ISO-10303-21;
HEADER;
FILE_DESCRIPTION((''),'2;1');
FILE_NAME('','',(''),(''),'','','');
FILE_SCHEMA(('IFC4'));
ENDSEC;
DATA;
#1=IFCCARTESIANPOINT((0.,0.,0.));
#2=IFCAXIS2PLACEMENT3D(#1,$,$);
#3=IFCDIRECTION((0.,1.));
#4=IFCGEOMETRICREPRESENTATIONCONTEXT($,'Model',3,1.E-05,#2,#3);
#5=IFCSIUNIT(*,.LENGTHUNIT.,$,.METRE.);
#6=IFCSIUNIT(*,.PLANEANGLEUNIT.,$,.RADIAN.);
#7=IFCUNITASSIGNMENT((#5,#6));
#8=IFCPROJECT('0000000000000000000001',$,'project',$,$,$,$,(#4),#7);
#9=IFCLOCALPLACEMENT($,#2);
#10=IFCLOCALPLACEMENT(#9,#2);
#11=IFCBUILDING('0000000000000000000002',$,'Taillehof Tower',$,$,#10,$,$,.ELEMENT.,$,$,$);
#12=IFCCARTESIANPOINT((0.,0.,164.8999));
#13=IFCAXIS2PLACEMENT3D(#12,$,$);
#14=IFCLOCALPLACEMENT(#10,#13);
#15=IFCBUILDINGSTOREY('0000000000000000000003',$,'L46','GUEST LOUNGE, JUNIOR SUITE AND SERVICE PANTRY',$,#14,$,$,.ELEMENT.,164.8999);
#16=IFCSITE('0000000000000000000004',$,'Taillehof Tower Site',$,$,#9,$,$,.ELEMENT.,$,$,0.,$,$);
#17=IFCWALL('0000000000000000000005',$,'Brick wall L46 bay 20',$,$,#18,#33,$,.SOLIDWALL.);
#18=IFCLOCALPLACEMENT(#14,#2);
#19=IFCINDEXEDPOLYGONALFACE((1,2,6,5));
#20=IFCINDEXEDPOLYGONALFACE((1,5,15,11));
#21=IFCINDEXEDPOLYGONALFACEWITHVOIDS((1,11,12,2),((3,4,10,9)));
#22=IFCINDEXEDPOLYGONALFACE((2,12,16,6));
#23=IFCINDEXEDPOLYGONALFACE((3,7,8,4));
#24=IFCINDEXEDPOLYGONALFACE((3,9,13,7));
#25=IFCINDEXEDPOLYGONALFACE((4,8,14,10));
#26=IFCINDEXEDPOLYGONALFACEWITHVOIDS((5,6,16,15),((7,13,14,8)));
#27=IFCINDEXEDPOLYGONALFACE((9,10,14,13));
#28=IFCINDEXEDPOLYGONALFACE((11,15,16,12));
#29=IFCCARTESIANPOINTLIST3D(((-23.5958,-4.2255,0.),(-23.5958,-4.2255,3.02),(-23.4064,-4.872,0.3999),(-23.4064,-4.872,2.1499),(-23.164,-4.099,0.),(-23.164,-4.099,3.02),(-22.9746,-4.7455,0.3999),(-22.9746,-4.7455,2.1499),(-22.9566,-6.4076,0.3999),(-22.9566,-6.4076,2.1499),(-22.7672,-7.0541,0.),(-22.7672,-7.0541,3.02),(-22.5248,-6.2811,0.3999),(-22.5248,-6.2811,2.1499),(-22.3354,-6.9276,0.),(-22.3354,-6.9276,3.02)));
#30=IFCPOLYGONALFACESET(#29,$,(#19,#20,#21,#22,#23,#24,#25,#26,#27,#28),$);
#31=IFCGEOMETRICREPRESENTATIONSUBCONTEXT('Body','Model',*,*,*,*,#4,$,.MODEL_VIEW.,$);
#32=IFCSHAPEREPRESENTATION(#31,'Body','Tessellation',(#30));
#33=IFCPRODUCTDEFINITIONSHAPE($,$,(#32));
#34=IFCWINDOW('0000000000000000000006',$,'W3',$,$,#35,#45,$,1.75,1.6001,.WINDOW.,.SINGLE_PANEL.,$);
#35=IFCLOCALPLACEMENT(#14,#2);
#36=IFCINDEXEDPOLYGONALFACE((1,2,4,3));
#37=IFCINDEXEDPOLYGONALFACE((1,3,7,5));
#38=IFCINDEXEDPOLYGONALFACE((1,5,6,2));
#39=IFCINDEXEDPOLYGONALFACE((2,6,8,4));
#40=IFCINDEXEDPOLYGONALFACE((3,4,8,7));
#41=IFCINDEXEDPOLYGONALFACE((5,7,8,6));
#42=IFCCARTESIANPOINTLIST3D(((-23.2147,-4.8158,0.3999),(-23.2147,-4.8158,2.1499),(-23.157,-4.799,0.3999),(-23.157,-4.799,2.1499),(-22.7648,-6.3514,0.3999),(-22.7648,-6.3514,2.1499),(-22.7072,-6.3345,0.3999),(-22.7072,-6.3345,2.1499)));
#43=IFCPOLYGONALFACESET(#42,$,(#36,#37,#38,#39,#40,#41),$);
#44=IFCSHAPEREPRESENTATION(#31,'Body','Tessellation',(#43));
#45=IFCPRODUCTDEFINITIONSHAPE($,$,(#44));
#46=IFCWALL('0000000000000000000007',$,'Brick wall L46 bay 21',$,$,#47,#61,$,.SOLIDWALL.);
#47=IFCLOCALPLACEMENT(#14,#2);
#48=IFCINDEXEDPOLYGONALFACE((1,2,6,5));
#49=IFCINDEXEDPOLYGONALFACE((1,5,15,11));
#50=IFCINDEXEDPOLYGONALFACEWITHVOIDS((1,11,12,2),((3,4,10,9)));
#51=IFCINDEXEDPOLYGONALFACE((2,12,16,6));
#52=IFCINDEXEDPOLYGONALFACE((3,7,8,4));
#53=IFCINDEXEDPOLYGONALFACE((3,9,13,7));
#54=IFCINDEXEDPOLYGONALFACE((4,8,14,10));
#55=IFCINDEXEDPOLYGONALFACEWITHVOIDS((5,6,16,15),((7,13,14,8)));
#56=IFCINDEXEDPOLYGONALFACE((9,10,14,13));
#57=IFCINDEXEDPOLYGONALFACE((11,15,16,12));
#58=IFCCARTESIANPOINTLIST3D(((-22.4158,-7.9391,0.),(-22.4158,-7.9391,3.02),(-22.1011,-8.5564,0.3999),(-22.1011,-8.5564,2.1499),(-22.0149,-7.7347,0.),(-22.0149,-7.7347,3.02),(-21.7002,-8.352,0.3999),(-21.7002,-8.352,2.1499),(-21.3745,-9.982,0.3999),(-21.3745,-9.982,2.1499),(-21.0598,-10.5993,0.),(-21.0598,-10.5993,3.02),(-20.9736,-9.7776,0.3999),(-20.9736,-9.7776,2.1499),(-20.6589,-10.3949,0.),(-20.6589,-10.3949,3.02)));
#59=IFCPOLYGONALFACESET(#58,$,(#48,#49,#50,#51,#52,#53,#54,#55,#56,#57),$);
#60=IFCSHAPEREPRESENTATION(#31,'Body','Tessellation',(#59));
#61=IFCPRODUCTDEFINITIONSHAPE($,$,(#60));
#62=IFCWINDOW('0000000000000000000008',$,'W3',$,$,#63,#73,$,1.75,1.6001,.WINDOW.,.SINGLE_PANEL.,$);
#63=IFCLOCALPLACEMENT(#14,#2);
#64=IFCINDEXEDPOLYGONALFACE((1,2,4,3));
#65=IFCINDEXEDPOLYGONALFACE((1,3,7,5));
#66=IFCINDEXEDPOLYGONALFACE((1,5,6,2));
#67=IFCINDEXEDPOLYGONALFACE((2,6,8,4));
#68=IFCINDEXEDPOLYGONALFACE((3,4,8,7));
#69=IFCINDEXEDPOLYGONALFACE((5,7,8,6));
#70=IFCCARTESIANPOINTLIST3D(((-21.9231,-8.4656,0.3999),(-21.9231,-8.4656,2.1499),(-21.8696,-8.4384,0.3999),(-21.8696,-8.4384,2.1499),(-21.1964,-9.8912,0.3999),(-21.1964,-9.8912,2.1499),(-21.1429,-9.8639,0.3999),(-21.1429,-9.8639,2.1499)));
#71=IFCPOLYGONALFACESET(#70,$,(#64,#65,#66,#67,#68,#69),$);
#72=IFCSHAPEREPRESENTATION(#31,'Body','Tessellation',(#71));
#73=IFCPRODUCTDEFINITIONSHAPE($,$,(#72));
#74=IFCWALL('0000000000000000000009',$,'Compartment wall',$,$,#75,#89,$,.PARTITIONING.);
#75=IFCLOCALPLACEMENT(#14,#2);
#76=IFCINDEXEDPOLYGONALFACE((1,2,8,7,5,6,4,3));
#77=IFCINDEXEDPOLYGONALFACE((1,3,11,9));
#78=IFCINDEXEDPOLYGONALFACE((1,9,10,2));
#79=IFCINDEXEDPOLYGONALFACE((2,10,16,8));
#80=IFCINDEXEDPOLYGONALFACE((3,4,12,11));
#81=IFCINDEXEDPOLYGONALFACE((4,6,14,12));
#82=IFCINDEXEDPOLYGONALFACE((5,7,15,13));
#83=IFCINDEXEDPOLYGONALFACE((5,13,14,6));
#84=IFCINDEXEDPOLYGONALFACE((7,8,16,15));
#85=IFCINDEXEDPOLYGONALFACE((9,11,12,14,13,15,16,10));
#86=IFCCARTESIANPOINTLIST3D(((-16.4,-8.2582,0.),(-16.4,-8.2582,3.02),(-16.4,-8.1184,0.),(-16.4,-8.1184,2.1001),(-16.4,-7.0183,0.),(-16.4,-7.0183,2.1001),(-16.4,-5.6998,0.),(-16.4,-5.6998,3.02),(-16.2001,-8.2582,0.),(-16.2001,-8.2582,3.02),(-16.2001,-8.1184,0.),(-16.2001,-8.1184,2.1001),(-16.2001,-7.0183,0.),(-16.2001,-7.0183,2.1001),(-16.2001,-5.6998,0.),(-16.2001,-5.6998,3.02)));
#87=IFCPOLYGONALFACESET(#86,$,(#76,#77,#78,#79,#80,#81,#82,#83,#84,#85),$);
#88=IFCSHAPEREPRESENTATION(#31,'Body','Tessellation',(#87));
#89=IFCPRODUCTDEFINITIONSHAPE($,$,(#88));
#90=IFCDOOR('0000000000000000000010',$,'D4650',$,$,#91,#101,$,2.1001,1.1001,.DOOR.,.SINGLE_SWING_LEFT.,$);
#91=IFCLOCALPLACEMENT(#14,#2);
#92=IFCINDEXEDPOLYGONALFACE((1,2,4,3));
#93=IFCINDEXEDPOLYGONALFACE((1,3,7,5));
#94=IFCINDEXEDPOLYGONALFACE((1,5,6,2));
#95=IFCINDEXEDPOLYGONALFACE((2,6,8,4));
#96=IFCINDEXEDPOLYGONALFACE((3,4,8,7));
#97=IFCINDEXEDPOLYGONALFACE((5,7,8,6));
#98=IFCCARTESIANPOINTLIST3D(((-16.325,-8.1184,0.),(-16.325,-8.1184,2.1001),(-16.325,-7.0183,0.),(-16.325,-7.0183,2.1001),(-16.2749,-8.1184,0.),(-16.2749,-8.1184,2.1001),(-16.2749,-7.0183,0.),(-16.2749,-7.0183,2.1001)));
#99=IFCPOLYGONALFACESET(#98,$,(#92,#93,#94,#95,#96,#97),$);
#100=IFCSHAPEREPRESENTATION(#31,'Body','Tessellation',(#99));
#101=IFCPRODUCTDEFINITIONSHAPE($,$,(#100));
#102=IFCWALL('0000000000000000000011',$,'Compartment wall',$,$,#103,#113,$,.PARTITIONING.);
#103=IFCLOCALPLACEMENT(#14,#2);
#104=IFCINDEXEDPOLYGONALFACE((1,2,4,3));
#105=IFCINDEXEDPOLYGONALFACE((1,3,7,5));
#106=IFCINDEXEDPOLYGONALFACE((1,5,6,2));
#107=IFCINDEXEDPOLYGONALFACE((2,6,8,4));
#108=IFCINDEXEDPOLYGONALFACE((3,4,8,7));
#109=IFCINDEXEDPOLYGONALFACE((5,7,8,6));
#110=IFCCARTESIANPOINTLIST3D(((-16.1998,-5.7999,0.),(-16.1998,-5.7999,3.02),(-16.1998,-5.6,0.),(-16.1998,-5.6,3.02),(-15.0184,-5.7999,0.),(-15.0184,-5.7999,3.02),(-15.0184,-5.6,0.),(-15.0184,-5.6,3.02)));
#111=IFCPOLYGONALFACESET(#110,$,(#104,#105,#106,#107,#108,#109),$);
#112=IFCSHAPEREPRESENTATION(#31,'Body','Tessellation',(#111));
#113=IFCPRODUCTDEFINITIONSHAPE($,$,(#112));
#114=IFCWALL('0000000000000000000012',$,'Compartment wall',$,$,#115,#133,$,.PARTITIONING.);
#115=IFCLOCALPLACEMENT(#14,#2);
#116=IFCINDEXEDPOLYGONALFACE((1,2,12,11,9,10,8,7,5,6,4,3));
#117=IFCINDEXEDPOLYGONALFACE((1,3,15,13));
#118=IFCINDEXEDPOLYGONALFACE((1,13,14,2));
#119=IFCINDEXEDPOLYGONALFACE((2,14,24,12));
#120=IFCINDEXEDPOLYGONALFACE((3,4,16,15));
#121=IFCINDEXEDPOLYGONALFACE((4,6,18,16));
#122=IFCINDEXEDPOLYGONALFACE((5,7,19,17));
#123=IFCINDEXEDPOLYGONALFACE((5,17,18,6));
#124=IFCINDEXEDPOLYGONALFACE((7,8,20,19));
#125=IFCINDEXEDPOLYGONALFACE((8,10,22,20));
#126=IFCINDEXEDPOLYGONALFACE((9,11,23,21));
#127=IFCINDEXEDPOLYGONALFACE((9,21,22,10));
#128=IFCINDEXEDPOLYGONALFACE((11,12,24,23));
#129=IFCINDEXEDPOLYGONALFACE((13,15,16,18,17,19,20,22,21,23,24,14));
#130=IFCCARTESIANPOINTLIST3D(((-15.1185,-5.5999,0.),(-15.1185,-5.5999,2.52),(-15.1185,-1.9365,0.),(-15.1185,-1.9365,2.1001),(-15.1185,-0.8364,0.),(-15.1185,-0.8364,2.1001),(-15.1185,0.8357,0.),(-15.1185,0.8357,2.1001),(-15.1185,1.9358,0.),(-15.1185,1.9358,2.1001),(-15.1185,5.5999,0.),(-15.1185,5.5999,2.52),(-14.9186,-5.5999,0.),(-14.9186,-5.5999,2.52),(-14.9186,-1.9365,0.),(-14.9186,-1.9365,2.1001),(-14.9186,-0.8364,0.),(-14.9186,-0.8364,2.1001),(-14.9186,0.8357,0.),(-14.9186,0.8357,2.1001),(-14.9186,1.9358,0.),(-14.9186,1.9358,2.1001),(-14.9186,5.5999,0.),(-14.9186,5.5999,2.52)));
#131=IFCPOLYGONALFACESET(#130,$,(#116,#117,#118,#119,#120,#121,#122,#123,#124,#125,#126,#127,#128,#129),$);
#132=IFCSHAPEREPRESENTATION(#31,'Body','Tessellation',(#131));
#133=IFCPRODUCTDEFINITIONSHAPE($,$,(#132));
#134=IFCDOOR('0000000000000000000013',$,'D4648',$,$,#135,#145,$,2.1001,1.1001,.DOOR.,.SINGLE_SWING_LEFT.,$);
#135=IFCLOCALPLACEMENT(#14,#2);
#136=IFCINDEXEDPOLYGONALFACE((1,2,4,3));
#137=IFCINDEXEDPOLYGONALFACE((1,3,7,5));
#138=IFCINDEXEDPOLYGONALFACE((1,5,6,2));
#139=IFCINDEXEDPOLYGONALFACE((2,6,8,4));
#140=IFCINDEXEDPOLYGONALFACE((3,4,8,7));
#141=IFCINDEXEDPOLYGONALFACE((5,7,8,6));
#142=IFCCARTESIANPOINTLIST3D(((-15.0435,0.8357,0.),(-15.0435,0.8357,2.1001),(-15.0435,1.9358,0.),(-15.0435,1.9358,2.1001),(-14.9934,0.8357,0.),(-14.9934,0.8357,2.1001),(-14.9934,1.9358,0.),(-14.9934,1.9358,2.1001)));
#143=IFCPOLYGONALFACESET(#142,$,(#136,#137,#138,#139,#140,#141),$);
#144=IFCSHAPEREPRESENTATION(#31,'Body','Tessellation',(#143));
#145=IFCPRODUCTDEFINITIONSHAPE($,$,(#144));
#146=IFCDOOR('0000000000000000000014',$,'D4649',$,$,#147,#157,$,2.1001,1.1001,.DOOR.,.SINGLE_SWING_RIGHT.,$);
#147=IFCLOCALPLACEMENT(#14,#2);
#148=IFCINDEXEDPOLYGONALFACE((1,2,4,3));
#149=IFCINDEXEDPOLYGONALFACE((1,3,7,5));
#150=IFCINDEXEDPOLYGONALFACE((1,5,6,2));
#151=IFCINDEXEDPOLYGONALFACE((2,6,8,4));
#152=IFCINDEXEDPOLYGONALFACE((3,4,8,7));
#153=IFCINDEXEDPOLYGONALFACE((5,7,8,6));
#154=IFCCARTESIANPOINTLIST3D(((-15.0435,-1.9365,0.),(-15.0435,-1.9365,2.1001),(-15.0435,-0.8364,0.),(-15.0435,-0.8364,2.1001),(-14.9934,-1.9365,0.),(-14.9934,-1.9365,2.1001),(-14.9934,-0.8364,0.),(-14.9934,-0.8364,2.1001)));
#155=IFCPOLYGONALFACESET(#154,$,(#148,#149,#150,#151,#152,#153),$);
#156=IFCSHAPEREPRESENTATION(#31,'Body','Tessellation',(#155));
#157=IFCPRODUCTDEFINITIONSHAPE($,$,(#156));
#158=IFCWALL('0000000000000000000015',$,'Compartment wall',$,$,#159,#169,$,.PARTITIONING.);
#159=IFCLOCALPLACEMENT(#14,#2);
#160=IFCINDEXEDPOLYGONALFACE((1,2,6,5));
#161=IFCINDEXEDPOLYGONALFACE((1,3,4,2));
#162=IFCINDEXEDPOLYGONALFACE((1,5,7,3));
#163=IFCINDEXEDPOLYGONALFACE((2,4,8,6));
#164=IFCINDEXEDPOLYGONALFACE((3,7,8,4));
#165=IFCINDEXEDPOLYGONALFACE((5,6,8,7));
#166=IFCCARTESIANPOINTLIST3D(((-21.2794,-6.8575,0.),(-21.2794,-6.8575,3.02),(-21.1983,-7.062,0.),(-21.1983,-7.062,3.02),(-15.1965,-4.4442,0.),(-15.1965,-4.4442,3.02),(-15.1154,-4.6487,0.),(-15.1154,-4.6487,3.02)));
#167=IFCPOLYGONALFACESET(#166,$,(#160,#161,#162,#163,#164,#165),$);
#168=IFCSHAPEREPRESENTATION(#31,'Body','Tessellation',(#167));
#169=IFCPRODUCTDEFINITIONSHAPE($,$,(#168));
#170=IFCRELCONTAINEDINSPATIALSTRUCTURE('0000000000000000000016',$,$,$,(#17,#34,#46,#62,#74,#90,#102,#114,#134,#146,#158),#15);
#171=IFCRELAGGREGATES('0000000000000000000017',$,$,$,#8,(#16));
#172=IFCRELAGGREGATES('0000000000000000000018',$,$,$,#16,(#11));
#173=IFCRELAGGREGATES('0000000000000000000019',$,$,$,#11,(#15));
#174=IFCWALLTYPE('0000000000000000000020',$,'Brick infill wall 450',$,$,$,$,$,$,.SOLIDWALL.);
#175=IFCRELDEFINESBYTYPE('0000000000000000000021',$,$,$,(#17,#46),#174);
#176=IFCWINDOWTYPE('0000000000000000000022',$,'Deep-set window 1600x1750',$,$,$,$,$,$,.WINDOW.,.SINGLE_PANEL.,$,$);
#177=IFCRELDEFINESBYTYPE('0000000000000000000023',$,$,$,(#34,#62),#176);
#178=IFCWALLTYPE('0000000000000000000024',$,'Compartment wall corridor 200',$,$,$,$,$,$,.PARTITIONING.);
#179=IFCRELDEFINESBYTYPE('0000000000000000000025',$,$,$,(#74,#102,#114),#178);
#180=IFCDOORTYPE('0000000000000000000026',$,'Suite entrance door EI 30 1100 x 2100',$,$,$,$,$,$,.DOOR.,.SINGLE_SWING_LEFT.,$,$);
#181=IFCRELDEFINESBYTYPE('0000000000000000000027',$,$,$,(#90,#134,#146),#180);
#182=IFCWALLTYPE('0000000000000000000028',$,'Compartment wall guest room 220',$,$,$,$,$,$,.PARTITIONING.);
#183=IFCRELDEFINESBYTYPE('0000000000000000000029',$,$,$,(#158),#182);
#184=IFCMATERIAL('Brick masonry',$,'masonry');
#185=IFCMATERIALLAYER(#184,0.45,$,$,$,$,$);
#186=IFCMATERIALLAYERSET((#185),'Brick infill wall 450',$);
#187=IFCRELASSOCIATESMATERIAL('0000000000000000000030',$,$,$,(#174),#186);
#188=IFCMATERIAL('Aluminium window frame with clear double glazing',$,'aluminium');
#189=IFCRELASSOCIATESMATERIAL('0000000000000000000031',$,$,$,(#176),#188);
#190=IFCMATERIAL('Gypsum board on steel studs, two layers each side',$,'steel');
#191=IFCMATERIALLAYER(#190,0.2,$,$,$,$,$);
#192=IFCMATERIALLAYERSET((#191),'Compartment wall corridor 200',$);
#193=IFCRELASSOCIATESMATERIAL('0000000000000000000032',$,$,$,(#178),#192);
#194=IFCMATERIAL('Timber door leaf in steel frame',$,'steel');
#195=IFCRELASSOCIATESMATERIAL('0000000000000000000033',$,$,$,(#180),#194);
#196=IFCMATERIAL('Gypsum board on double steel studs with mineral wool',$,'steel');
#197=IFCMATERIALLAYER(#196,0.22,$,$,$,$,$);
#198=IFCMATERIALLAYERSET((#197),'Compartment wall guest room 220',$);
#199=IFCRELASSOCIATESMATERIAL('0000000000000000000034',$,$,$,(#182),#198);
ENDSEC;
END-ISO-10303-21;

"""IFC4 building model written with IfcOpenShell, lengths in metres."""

from ifc_helpers import new_model, si_unit, direction, frame, frame_2d, origin, place, context, subcontext, project, spatial, rectangle, extrude, material, layer, layer_set, type_object, element, fill, save


model = new_model("IFC4")

# Units and contexts
model_context = context("Model", 3, precision=1e-05, world=origin(), true_north=direction((0.0, 1.0)))
body_context = subcontext(model_context, "Body", "Model", "MODEL_VIEW")
ifc_project = project(units=[si_unit("LENGTHUNIT", "METRE"), si_unit("PLANEANGLEUNIT", "RADIAN")], contexts=[model_context])

# Site, building, storey
site_placement = place(None, origin())
site = spatial("IfcSite", under=ifc_project, at=site_placement, Name="Taillehof Tower Site", CompositionType="ELEMENT", RefElevation=0.0)
building_placement = place(site_placement, origin())
building = spatial("IfcBuilding", under=site, at=building_placement, Name="Taillehof Tower", CompositionType="ELEMENT")
storey_placement = place(building_placement, frame((0.0, 0.0, 164.8999)))
storey = spatial("IfcBuildingStorey", under=building, at=storey_placement, Name="L46", Description="GUEST LOUNGE, JUNIOR SUITE AND SERVICE PANTRY", CompositionType="ELEMENT", Elevation=164.8999)

# Walls, openings, windows
ifc_material_1 = material(Name="Brick masonry", Category="masonry")
ifc_layer_1 = layer(ifc_material_1, 0.45)
ifc_layer_set_1 = layer_set([ifc_layer_1], Name="Brick infill wall 450")
wall_type_1 = type_object("IfcWallType", Name="Brick infill wall 450", PredefinedType="SOLIDWALL", material=ifc_layer_set_1)
ifc_material_2 = material(Name="Aluminium window frame with clear double glazing", Category="aluminium")
window_type = type_object("IfcWindowType", Name="Deep-set window 1600x1750", PartitioningType="SINGLE_PANEL", PredefinedType="WINDOW", material=ifc_material_2)
wall_1_placement = place(storey_placement, frame((-23.3799, -4.1624, 0.0), z_axis=(0.0, 0.0, 1.0), x_axis=(0.281126, -0.959671, 0.0)))
wall_1 = element("IfcWall", 1, at=wall_1_placement, inside=storey, type_object=wall_type_1, Name="Brick wall L46 bay 20", PredefinedType="SOLIDWALL", context=body_context, shape_type="SweptSolid", body=[
    extrude(rectangle(XDim=2.9475, YDim=0.45, at=frame_2d((1.4736, 0.0))), origin(), (0.0, 0.0, 1.0), 3.02),
])
opening_1_placement = place(wall_1_placement, frame((0.6736, 0.0, 0.3999)))
opening_1 = element("IfcOpeningElement", 2, at=opening_1_placement, cuts=wall_1, PredefinedType="OPENING", context=body_context, shape_type="SweptSolid", body=[
    extrude(rectangle(XDim=1.6001, YDim=1.75, at=frame_2d((0.8, 0.875))), frame((0.0, 0.2349, 0.0), z_axis=(0.0, -1.0, 0.0), x_axis=(1.0, 0.0, 0.0)), (0.0, 0.0, 1.0), 0.47),
])
window_1_placement = place(opening_1_placement, origin())
window_1 = element("IfcWindow", 3, at=window_1_placement, inside=storey, type_object=window_type, Name="W3", OverallHeight=1.75, OverallWidth=1.6001, PartitioningType="SINGLE_PANEL", PredefinedType="WINDOW", context=body_context, shape_type="SweptSolid", body=[
    extrude(rectangle(XDim=1.6001, YDim=1.75, at=frame_2d((0.8, 0.875))), frame((0.0, 0.0349, 0.0), z_axis=(0.0, -1.0, 0.0), x_axis=(1.0, 0.0, 0.0)), (0.0, 0.0, 1.0), 0.0601),
])
fill(opening_1, window_1)
wall_2_placement = place(storey_placement, frame((-22.2153, -7.8369, 0.0), z_axis=(0.0, 0.0, 1.0), x_axis=(0.454134, -0.890933, 0.0)))
wall_2 = element("IfcWall", 4, at=wall_2_placement, inside=storey, type_object=wall_type_1, Name="Brick wall L46 bay 21", PredefinedType="SOLIDWALL", context=body_context, shape_type="SweptSolid", body=[
    extrude(rectangle(XDim=2.9858, YDim=0.45, at=frame_2d((1.4929, 0.0))), origin(), (0.0, 0.0, 1.0), 3.02),
])
opening_2_placement = place(wall_2_placement, frame((0.6929, 0.0, 0.3999)))
opening_2 = element("IfcOpeningElement", 5, at=opening_2_placement, cuts=wall_2, PredefinedType="OPENING", context=body_context, shape_type="SweptSolid", body=[
    extrude(rectangle(XDim=1.6001, YDim=1.75, at=frame_2d((0.8, 0.875))), frame((0.0, 0.2349, 0.0), z_axis=(0.0, -1.0, 0.0), x_axis=(1.0, 0.0, 0.0)), (0.0, 0.0, 1.0), 0.47),
])
window_2_placement = place(opening_2_placement, origin())
window_2 = element("IfcWindow", 6, at=window_2_placement, inside=storey, type_object=window_type, Name="W3", OverallHeight=1.75, OverallWidth=1.6001, PartitioningType="SINGLE_PANEL", PredefinedType="WINDOW", context=body_context, shape_type="SweptSolid", body=[
    extrude(rectangle(XDim=1.6001, YDim=1.75, at=frame_2d((0.8, 0.875))), frame((0.0, 0.0349, 0.0), z_axis=(0.0, -1.0, 0.0), x_axis=(1.0, 0.0, 0.0)), (0.0, 0.0, 1.0), 0.0601),
])
fill(opening_2, window_2)

# Wall, opening, door
ifc_material_3 = material(Name="Gypsum board on steel studs, two layers each side", Category="steel")
ifc_layer_2 = layer(ifc_material_3, 0.2)
ifc_layer_set_2 = layer_set([ifc_layer_2], Name="Compartment wall corridor 200")
wall_type_2 = type_object("IfcWallType", Name="Compartment wall corridor 200", PredefinedType="PARTITIONING", material=ifc_layer_set_2)
wall_3_placement = place(storey_placement, frame((-16.3, -8.2583, 0.0), z_axis=(0.0, 0.0, 1.0), x_axis=(0.0, 1.0, 0.0)))
wall_3 = element("IfcWall", 7, at=wall_3_placement, inside=storey, type_object=wall_type_2, Name="Compartment wall", PredefinedType="PARTITIONING", context=body_context, shape_type="SweptSolid", body=[
    extrude(rectangle(XDim=2.5583, YDim=0.2, at=frame_2d((1.2793, 0.0))), origin(), (0.0, 0.0, 1.0), 3.02),
])
opening_3_placement = place(wall_3_placement, frame((0.1399, 0.0, 0.0)))
opening_3 = element("IfcOpeningElement", 8, at=opening_3_placement, cuts=wall_3, PredefinedType="OPENING", context=body_context, shape_type="SweptSolid", body=[
    extrude(rectangle(XDim=1.1001, YDim=2.1001, at=frame_2d((0.55, 1.05))), frame((0.0, 0.1099, 0.0), z_axis=(0.0, -1.0, 0.0), x_axis=(1.0, 0.0, 0.0)), (0.0, 0.0, 1.0), 0.22),
])
ifc_material_4 = material(Name="Timber door leaf in steel frame", Category="steel")
door_type = type_object("IfcDoorType", Name="Suite entrance door EI 30 1100 x 2100", OperationType="SINGLE_SWING_LEFT", PredefinedType="DOOR", material=ifc_material_4)
door_1_placement = place(opening_3_placement, origin())
door_1 = element("IfcDoor", 9, at=door_1_placement, inside=storey, type_object=door_type, Name="D4650", OperationType="SINGLE_SWING_LEFT", OverallHeight=2.1001, OverallWidth=1.1001, PredefinedType="DOOR", context=body_context, shape_type="SweptSolid", body=[
    extrude(rectangle(XDim=1.1001, YDim=2.1001, at=frame_2d((0.55, 1.05))), frame((0.0, 0.0249, 0.0), z_axis=(0.0, -1.0, 0.0), x_axis=(1.0, 0.0, 0.0)), (0.0, 0.0, 1.0), 0.05),
])
fill(opening_3, door_1)

# Wall
wall_4_placement = place(storey_placement, frame((-16.2, -5.7, 0.0), z_axis=(0.0, 0.0, 1.0), x_axis=(1.0, 0.0, 0.0)))
element("IfcWall", 10, at=wall_4_placement, inside=storey, type_object=wall_type_2, Name="Compartment wall", PredefinedType="PARTITIONING", context=body_context, shape_type="SweptSolid", body=[
    extrude(rectangle(XDim=1.1814, YDim=0.2, at=frame_2d((0.5908, 0.0))), origin(), (0.0, 0.0, 1.0), 3.02),
])

# Wall, openings, doors
wall_5_placement = place(storey_placement, frame((-15.0186, -5.5999, 0.0), z_axis=(0.0, 0.0, 1.0), x_axis=(0.0, 1.0, 0.0)))
wall_5 = element("IfcWall", 11, at=wall_5_placement, inside=storey, type_object=wall_type_2, Name="Compartment wall", PredefinedType="PARTITIONING", context=body_context, shape_type="SweptSolid", body=[
    extrude(rectangle(XDim=11.1997, YDim=0.2, at=frame_2d((5.5999, 0.0))), origin(), (0.0, 0.0, 1.0), 2.52),
])
opening_4_placement = place(wall_5_placement, frame((6.4355, 0.0, 0.0)))
opening_4 = element("IfcOpeningElement", 12, at=opening_4_placement, cuts=wall_5, PredefinedType="OPENING", context=body_context, shape_type="SweptSolid", body=[
    extrude(rectangle(XDim=1.1001, YDim=2.1001, at=frame_2d((0.55, 1.05))), frame((0.0, 0.1099, 0.0), z_axis=(0.0, -1.0, 0.0), x_axis=(1.0, 0.0, 0.0)), (0.0, 0.0, 1.0), 0.22),
])
opening_5_placement = place(wall_5_placement, frame((3.6633, 0.0, 0.0)))
opening_5 = element("IfcOpeningElement", 13, at=opening_5_placement, cuts=wall_5, PredefinedType="OPENING", context=body_context, shape_type="SweptSolid", body=[
    extrude(rectangle(XDim=1.1001, YDim=2.1001, at=frame_2d((0.55, 1.05))), frame((0.0, 0.1099, 0.0), z_axis=(0.0, -1.0, 0.0), x_axis=(1.0, 0.0, 0.0)), (0.0, 0.0, 1.0), 0.22),
])
door_2_placement = place(opening_4_placement, origin())
door_2 = element("IfcDoor", 14, at=door_2_placement, inside=storey, type_object=door_type, Name="D4648", OperationType="SINGLE_SWING_LEFT", OverallHeight=2.1001, OverallWidth=1.1001, PredefinedType="DOOR", context=body_context, shape_type="SweptSolid", body=[
    extrude(rectangle(XDim=1.1001, YDim=2.1001, at=frame_2d((0.55, 1.05))), frame((0.0, 0.0249, 0.0), z_axis=(0.0, -1.0, 0.0), x_axis=(1.0, 0.0, 0.0)), (0.0, 0.0, 1.0), 0.05),
])
fill(opening_4, door_2)
door_3_placement = place(opening_5_placement, origin())
door_3 = element("IfcDoor", 15, at=door_3_placement, inside=storey, type_object=door_type, Name="D4649", OperationType="SINGLE_SWING_RIGHT", OverallHeight=2.1001, OverallWidth=1.1001, PredefinedType="DOOR", context=body_context, shape_type="SweptSolid", body=[
    extrude(rectangle(XDim=1.1001, YDim=2.1001, at=frame_2d((0.55, 1.05))), frame((0.0, 0.0249, 0.0), z_axis=(0.0, -1.0, 0.0), x_axis=(1.0, 0.0, 0.0)), (0.0, 0.0, 1.0), 0.05),
])
fill(opening_5, door_3)

# Wall
ifc_material_5 = material(Name="Gypsum board on double steel studs with mineral wool", Category="steel")
ifc_layer_3 = layer(ifc_material_5, 0.22)
ifc_layer_set_3 = layer_set([ifc_layer_3], Name="Compartment wall guest room 220")
wall_type_3 = type_object("IfcWallType", Name="Compartment wall guest room 220", PredefinedType="PARTITIONING", material=ifc_layer_set_3)
wall_6_placement = place(storey_placement, frame((-21.2388, -6.9597, 0.0), z_axis=(0.0, 0.0, 1.0), x_axis=(0.92952, 0.368771, 0.0)))
element("IfcWall", 16, at=wall_6_placement, inside=storey, type_object=wall_type_3, Name="Compartment wall", PredefinedType="PARTITIONING", context=body_context, shape_type="SweptSolid", body=[
    extrude(rectangle(XDim=6.5442, YDim=0.22, at=frame_2d((3.272, 0.0))), origin(), (0.0, 0.0, 1.0), 3.02),
])

save(model, "model.ifc")
